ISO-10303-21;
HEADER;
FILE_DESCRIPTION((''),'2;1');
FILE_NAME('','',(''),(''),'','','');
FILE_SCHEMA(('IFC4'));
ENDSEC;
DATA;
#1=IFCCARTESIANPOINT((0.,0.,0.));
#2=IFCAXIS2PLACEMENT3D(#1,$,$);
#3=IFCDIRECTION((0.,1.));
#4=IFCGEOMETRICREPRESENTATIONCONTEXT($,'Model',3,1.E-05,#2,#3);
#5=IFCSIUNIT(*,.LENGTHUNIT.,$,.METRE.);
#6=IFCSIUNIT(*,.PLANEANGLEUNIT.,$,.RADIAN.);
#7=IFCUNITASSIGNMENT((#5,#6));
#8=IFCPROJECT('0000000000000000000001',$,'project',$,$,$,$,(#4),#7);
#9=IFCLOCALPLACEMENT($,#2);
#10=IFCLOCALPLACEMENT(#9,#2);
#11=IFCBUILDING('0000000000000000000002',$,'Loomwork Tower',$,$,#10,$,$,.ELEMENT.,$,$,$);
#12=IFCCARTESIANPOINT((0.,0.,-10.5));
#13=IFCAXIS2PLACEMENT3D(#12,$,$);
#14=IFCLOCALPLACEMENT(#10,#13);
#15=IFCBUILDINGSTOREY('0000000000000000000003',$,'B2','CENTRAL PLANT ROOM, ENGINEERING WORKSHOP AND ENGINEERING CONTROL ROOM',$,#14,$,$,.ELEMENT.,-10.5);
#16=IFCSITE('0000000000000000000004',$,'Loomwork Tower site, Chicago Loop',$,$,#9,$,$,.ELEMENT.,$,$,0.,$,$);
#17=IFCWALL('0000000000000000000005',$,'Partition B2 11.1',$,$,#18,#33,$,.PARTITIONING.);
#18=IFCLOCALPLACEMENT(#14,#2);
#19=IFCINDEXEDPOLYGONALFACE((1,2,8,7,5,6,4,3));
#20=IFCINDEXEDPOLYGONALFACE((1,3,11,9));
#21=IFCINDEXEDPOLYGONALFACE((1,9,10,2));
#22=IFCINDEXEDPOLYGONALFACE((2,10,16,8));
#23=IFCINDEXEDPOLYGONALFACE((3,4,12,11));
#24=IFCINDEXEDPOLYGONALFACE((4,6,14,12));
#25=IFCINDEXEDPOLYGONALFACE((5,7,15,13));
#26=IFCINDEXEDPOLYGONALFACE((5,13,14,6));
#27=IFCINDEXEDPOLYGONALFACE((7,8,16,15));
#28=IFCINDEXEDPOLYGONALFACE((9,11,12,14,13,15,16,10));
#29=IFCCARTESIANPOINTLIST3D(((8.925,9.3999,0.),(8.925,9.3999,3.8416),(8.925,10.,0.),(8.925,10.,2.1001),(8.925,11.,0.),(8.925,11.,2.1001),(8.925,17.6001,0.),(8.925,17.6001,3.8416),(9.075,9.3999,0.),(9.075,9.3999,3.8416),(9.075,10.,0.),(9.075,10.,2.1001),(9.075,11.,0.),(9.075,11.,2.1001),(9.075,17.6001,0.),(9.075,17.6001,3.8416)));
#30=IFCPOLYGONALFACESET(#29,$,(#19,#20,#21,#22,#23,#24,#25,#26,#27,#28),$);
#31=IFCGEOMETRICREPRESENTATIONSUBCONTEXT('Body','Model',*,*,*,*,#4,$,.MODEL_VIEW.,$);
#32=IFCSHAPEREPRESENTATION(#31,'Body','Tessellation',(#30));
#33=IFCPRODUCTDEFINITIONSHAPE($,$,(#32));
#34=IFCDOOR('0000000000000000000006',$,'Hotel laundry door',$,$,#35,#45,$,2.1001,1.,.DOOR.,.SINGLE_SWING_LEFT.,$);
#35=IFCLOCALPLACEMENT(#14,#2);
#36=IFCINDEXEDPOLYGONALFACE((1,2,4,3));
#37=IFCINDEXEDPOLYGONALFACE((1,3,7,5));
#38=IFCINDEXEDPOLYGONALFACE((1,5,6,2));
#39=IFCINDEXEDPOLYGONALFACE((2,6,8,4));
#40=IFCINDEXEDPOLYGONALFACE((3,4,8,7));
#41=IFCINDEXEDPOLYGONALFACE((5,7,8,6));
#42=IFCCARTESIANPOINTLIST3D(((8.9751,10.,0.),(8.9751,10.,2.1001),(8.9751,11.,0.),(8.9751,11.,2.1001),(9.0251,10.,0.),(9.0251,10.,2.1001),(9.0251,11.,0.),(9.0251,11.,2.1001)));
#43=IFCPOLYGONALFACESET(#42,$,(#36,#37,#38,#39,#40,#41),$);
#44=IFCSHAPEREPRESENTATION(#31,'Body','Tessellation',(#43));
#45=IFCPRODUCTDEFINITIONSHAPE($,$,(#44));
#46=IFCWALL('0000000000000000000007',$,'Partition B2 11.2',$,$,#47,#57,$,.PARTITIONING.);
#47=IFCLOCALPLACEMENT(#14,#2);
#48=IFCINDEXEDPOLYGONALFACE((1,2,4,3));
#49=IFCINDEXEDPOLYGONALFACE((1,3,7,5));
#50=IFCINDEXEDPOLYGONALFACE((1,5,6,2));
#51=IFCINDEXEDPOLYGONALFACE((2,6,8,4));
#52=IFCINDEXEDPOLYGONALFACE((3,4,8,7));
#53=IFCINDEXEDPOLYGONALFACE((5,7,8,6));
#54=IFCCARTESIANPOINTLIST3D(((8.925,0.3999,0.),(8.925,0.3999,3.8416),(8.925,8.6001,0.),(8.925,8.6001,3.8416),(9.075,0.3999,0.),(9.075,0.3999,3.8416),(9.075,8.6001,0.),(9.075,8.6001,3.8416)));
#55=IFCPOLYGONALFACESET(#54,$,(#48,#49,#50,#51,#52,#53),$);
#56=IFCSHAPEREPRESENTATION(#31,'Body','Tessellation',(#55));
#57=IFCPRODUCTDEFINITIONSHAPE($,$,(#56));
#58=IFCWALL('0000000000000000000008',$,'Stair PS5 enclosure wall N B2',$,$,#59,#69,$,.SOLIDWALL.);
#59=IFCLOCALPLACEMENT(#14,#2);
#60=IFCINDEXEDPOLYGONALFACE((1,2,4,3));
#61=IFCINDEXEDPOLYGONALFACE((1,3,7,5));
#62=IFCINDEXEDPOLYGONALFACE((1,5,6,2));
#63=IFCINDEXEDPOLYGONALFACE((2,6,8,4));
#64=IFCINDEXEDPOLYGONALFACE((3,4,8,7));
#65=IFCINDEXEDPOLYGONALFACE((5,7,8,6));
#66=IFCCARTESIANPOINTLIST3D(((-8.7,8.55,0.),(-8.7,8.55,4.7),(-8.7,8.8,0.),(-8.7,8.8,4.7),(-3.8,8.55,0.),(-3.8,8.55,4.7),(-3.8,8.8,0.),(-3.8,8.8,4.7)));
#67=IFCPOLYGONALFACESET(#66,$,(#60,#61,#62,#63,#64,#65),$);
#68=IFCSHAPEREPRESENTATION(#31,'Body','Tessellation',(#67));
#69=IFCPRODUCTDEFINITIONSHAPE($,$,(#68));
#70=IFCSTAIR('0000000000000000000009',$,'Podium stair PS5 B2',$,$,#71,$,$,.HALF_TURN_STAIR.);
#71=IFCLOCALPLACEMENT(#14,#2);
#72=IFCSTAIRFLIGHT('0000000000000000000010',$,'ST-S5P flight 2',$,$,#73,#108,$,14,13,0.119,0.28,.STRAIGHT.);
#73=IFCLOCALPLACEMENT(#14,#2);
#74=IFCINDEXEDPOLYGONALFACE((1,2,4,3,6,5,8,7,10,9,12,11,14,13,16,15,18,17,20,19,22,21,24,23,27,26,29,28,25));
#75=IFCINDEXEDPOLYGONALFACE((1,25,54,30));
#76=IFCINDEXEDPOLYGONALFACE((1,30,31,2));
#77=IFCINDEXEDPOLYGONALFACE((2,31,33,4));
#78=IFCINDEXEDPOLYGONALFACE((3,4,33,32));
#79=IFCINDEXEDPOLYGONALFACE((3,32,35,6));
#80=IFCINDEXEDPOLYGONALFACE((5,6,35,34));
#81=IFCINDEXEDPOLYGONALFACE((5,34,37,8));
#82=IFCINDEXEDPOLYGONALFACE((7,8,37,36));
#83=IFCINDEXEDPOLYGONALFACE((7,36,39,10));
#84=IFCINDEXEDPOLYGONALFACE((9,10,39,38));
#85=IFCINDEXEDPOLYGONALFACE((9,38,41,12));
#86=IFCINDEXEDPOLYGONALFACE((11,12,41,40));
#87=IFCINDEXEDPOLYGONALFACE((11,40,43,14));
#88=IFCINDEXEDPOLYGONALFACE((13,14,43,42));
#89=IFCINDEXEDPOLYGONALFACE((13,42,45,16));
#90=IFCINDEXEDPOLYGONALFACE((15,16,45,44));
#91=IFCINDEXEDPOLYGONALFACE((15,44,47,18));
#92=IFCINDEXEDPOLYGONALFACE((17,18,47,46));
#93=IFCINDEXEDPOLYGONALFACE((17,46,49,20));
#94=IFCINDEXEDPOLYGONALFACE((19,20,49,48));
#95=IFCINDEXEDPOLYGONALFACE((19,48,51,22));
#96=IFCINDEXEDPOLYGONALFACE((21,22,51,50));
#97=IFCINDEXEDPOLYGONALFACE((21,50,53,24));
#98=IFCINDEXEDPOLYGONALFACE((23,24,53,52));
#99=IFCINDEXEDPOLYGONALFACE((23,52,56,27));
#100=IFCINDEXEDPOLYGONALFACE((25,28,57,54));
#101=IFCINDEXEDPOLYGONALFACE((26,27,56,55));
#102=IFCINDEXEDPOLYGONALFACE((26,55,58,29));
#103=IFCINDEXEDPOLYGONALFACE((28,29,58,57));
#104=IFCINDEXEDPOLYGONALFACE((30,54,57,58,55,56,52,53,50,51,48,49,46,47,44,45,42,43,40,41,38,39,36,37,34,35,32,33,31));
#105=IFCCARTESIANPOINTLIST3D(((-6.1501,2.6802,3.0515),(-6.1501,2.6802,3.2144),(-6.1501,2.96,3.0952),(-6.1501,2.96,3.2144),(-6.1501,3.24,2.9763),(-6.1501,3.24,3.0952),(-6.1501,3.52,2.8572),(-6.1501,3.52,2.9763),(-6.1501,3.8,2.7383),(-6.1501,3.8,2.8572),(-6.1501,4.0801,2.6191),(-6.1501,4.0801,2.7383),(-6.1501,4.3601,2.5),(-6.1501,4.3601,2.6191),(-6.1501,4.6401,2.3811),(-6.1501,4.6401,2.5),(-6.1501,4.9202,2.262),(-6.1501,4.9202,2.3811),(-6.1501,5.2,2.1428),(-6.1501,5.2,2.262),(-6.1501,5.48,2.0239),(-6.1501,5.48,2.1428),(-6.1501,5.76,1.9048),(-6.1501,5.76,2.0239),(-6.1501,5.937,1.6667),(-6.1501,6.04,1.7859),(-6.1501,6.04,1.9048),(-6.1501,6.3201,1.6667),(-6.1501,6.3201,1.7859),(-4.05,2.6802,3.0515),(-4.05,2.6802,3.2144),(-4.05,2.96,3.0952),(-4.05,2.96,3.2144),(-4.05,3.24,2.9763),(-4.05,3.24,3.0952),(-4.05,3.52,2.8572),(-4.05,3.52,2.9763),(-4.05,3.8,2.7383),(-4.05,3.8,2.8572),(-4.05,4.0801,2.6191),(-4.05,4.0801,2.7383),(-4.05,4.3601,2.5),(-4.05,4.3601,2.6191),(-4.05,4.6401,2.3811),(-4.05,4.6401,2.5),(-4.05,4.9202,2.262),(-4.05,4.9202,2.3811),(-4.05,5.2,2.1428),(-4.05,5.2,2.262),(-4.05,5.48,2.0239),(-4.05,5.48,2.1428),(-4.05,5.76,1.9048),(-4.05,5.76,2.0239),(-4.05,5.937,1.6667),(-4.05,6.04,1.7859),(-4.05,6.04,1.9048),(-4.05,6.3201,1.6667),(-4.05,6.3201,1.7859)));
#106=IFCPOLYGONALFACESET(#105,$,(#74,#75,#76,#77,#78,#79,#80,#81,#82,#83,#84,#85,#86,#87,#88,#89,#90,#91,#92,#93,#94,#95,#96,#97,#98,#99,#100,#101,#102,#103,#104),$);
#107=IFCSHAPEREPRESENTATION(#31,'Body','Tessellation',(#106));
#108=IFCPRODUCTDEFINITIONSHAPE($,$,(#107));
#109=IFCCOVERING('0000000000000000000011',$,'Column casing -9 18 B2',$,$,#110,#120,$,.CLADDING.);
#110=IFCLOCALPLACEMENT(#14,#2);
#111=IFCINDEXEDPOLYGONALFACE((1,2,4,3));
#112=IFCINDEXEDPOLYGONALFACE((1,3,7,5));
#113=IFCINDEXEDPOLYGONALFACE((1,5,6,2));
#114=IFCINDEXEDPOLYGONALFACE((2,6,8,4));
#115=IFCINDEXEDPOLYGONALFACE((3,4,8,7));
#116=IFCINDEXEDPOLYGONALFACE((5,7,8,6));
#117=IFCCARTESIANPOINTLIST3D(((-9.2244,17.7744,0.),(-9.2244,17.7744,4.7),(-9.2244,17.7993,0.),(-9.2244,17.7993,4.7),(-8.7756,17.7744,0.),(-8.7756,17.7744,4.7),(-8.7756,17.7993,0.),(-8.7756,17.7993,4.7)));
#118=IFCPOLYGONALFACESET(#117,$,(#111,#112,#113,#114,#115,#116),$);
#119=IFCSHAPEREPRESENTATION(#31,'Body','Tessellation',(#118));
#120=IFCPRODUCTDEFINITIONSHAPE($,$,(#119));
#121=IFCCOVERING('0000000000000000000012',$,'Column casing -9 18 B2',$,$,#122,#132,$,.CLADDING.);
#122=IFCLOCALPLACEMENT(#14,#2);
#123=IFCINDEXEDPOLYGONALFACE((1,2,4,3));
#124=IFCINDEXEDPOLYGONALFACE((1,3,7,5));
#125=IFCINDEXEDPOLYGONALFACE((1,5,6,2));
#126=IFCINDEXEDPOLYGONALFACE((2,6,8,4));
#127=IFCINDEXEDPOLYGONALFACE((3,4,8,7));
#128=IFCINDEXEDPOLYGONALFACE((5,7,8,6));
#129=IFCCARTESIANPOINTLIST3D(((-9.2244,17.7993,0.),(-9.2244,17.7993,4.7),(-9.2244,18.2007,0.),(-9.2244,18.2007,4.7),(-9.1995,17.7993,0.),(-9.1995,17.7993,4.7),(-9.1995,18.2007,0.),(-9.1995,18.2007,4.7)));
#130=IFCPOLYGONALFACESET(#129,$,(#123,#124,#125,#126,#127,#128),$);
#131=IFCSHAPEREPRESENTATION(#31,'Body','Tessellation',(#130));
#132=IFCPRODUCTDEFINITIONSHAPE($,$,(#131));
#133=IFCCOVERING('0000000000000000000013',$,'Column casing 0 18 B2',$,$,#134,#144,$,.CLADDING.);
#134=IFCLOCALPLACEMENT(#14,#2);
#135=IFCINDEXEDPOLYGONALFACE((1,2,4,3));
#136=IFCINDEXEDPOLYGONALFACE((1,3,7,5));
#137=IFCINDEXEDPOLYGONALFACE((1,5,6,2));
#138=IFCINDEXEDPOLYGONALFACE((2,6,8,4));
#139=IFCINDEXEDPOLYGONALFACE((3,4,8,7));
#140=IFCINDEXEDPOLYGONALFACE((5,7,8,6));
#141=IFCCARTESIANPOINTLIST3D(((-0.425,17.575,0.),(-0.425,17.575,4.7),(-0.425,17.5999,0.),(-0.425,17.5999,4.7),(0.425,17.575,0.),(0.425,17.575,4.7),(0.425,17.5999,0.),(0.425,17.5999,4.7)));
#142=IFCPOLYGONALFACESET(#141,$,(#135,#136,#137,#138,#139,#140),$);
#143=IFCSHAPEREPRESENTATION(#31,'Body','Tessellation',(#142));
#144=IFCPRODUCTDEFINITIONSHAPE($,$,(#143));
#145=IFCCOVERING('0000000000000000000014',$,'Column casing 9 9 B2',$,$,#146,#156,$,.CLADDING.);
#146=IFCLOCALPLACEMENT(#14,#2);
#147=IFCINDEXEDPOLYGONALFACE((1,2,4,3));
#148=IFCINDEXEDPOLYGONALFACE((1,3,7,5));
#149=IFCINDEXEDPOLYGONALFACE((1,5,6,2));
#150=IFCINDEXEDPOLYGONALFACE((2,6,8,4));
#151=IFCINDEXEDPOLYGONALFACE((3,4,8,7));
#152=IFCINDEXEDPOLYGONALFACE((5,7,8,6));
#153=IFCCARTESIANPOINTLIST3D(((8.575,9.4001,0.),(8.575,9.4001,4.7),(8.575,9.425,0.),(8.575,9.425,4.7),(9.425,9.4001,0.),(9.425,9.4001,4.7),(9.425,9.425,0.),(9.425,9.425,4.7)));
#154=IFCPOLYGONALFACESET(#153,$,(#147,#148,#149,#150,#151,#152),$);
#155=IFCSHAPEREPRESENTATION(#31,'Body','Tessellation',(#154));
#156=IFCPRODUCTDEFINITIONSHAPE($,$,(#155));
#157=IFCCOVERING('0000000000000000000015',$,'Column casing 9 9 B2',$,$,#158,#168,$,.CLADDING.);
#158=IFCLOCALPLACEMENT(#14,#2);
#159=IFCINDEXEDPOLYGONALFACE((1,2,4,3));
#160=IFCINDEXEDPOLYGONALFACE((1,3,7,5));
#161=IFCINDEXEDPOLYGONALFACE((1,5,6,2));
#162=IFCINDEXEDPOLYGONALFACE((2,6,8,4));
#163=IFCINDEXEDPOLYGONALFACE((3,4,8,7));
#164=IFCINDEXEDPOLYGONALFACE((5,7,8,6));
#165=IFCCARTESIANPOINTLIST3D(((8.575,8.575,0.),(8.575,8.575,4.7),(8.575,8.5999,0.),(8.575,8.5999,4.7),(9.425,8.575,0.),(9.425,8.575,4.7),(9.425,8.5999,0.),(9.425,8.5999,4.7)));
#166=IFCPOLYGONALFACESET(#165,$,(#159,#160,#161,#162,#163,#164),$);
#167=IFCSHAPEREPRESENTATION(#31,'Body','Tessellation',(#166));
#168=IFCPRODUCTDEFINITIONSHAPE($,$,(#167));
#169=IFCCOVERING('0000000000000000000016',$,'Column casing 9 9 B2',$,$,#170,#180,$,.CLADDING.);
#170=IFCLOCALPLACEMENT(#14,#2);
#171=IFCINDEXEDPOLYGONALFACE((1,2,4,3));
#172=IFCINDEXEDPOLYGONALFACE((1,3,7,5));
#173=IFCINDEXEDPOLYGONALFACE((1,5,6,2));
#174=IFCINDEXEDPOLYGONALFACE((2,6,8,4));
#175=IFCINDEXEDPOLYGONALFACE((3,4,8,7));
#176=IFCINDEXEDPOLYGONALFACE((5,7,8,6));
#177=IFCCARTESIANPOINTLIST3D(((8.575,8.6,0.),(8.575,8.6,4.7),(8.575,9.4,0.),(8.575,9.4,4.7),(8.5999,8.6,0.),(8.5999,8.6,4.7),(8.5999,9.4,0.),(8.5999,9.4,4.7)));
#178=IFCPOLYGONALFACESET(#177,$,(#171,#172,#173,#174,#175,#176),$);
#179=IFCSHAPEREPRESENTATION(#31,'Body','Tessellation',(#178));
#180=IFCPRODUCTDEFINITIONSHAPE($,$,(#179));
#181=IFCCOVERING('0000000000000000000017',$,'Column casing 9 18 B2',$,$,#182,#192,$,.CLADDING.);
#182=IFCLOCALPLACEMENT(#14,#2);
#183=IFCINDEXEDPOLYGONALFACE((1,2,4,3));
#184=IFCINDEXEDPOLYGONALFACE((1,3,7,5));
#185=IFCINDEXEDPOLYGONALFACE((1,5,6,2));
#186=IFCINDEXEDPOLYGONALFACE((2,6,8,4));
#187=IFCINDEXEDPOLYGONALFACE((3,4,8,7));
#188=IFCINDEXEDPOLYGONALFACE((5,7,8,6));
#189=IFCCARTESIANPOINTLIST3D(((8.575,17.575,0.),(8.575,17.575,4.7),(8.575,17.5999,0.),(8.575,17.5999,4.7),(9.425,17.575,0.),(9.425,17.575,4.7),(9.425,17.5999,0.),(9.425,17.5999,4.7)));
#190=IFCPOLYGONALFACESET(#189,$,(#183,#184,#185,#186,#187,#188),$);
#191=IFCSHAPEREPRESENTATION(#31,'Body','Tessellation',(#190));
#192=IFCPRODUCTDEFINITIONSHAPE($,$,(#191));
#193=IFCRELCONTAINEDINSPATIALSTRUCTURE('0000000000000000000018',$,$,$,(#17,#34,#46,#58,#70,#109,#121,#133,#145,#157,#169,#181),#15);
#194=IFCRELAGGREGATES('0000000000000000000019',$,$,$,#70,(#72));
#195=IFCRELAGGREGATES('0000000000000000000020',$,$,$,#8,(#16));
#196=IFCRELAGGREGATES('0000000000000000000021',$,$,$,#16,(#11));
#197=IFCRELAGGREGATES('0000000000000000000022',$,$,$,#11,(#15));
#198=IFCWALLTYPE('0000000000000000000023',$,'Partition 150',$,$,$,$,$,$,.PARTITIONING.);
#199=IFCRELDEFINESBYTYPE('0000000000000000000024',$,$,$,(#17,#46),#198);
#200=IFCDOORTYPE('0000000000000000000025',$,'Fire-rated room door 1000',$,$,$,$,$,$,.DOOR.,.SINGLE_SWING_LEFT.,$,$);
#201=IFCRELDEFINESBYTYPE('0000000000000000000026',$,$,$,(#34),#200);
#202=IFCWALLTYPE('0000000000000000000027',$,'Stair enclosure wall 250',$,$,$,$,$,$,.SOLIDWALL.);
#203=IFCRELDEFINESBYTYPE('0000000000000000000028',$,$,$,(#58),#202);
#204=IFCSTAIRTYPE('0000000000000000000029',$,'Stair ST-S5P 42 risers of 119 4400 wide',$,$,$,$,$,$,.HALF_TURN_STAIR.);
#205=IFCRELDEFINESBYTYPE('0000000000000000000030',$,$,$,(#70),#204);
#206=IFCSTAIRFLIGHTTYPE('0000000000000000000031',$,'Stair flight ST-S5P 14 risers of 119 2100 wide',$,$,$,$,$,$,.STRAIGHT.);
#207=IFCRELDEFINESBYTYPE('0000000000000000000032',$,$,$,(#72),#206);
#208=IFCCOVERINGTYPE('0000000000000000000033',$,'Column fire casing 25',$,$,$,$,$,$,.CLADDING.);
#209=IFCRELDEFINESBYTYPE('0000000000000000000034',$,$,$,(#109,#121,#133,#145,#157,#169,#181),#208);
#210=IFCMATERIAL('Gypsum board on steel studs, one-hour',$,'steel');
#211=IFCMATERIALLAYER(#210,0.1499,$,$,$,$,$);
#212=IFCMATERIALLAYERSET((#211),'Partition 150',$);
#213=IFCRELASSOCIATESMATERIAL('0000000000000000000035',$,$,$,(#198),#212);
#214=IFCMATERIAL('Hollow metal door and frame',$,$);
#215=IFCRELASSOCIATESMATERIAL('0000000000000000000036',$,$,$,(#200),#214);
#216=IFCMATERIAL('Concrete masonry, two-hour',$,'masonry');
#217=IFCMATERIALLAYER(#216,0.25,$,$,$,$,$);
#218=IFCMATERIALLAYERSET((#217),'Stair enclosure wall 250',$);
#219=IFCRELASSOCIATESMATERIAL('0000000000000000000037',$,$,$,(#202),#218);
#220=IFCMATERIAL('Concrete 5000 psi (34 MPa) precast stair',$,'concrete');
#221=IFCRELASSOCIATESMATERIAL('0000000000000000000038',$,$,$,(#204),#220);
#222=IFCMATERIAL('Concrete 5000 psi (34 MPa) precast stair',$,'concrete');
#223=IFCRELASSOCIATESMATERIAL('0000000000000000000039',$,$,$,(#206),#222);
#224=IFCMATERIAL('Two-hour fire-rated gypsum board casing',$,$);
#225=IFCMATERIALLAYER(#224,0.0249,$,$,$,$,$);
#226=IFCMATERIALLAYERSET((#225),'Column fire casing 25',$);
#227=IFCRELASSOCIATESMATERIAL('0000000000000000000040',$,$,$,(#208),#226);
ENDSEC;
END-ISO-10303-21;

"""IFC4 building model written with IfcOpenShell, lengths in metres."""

from ifc_helpers import new_model, si_unit, direction, frame, frame_2d, origin, origin_2d, place, context, subcontext, project, spatial, polyline, rectangle, outline, extrude, material, layer, layer_set, type_object, element, fill, aggregate, save


model = new_model("IFC4")

# Units and contexts
model_context = context("Model", 3, precision=1e-05, world=origin(), true_north=direction((0.0, 1.0)))
body_context = subcontext(model_context, "Body", "Model", "MODEL_VIEW")
ifc_project = project(units=[si_unit("LENGTHUNIT", "METRE"), si_unit("PLANEANGLEUNIT", "RADIAN")], contexts=[model_context])

# Site, building, storey
site_placement = place(None, origin())
site = spatial("IfcSite", under=ifc_project, at=site_placement, Name="Loomwork Tower site, Chicago Loop", CompositionType="ELEMENT", RefElevation=0.0)
building_placement = place(site_placement, origin())
building = spatial("IfcBuilding", under=site, at=building_placement, Name="Loomwork Tower", CompositionType="ELEMENT")
storey_placement = place(building_placement, frame((0.0, 0.0, -10.5)))
storey = spatial("IfcBuildingStorey", under=building, at=storey_placement, Name="B2", Description="CENTRAL PLANT ROOM, ENGINEERING WORKSHOP AND ENGINEERING CONTROL ROOM", CompositionType="ELEMENT", Elevation=-10.5)

# Wall, opening, door
ifc_material_1 = material(Name="Gypsum board on steel studs, one-hour", Category="steel")
ifc_layer_1 = layer(ifc_material_1, 0.1499)
ifc_layer_set_1 = layer_set([ifc_layer_1], Name="Partition 150")
wall_type_1 = type_object("IfcWallType", Name="Partition 150", PredefinedType="PARTITIONING", material=ifc_layer_set_1)
wall_1_placement = place(storey_placement, frame((9.0, 17.6001, 0.0), z_axis=(0.0, 0.0, 1.0), x_axis=(0.0, -1.0, 0.0)))
wall_1 = element("IfcWall", 1, at=wall_1_placement, inside=storey, type_object=wall_type_1, Name="Partition B2 11.1", PredefinedType="PARTITIONING", context=body_context, shape_type="SweptSolid", body=[
    extrude(rectangle(XDim=8.2002, YDim=0.1499, at=frame_2d((4.1001, 0.0))), origin(), (0.0, 0.0, 1.0), 3.8416),
])
opening_placement = place(wall_1_placement, frame((6.6001, 0.0, 0.0)))
opening = element("IfcOpeningElement", 2, at=opening_placement, cuts=wall_1, PredefinedType="OPENING", context=body_context, shape_type="SweptSolid", body=[
    extrude(rectangle(XDim=1.0, YDim=2.1001, at=frame_2d((0.5, 1.05))), frame((0.0, 0.085, 0.0), z_axis=(0.0, -1.0, 0.0), x_axis=(1.0, 0.0, 0.0)), (0.0, 0.0, 1.0), 0.1699),
])
ifc_material_2 = material(Name="Hollow metal door and frame")
door_type = type_object("IfcDoorType", Name="Fire-rated room door 1000", OperationType="SINGLE_SWING_LEFT", PredefinedType="DOOR", material=ifc_material_2)
door_placement = place(opening_placement, frame((1.0, 0.0, 0.0), z_axis=(0.0, 0.0, 1.0), x_axis=(-1.0, 0.0, 0.0)))
door = element("IfcDoor", 3, at=door_placement, inside=storey, type_object=door_type, Name="Hotel laundry door", OperationType="SINGLE_SWING_LEFT", OverallHeight=2.1001, OverallWidth=1.0, PredefinedType="DOOR", context=body_context, shape_type="SweptSolid", body=[
    extrude(rectangle(XDim=1.0, YDim=2.1001, at=frame_2d((0.5, 1.05))), frame((0.0, 0.0249, 0.0), z_axis=(0.0, -1.0, 0.0), x_axis=(1.0, 0.0, 0.0)), (0.0, 0.0, 1.0), 0.05),
])
fill(opening, door)

# Walls
wall_2_placement = place(storey_placement, frame((9.0, 8.6001, 0.0), z_axis=(0.0, 0.0, 1.0), x_axis=(0.0, -1.0, 0.0)))
element("IfcWall", 4, at=wall_2_placement, inside=storey, type_object=wall_type_1, Name="Partition B2 11.2", PredefinedType="PARTITIONING", context=body_context, shape_type="SweptSolid", body=[
    extrude(rectangle(XDim=8.2002, YDim=0.1499, at=frame_2d((4.1001, 0.0))), origin(), (0.0, 0.0, 1.0), 3.8416),
])
ifc_material_3 = material(Name="Concrete masonry, two-hour", Category="masonry")
ifc_layer_2 = layer(ifc_material_3, 0.25)
ifc_layer_set_2 = layer_set([ifc_layer_2], Name="Stair enclosure wall 250")
wall_type_2 = type_object("IfcWallType", Name="Stair enclosure wall 250", PredefinedType="SOLIDWALL", material=ifc_layer_set_2)
wall_3_placement = place(storey_placement, frame((-8.7, 8.675, 0.0), z_axis=(0.0, 0.0, 1.0), x_axis=(1.0, 0.0, 0.0)))
element("IfcWall", 5, at=wall_3_placement, inside=storey, type_object=wall_type_2, Name="Stair PS5 enclosure wall N B2", PredefinedType="SOLIDWALL", context=body_context, shape_type="SweptSolid", body=[
    extrude(rectangle(XDim=4.8999, YDim=0.25, at=frame_2d((2.45, 0.0))), origin(), (0.0, 0.0, 1.0), 4.7),
])

# Stair, stair flight
ifc_material_4 = material(Name="Concrete 5000 psi (34 MPa) precast stair", Category="concrete")
stair_type = type_object("IfcStairType", Name="Stair ST-S5P 42 risers of 119 4400 wide", PredefinedType="HALF_TURN_STAIR", material=ifc_material_4)
stair_placement = place(storey_placement, origin())
stair = element("IfcStair", 6, at=stair_placement, inside=storey, type_object=stair_type, Name="Podium stair PS5 B2", PredefinedType="HALF_TURN_STAIR")
ifc_material_5 = material(Name="Concrete 5000 psi (34 MPa) precast stair", Category="concrete")
stair_flight_type = type_object("IfcStairFlightType", Name="Stair flight ST-S5P 14 risers of 119 2100 wide", PredefinedType="STRAIGHT", material=ifc_material_5)
stair_flight_placement = place(storey_placement, frame((-5.1001, 6.3201, 1.6667), z_axis=(0.0, 0.0, 1.0), x_axis=(0.0, -1.0, 0.0)))
stair_flight = element("IfcStairFlight", 7, at=stair_flight_placement, type_object=stair_flight_type, Name="ST-S5P flight 2", NumberOfRisers=14, NumberOfTreads=13, PredefinedType="STRAIGHT", RiserHeight=0.119, TreadLength=0.28, context=body_context, shape_type="SweptSolid", body=[
    extrude(outline(polyline([(0.0, 0.0), (0.0, 0.1191), (0.28, 0.1191), (0.28, 0.238), (0.5601, 0.238), (0.5601, 0.3572), (0.8401, 0.3572), (0.8401, 0.4761), (1.1201, 0.4761), (1.1201, 0.5952), (1.3999, 0.5952), (1.3999, 0.7144), (1.6799, 0.7144), (1.6799, 0.8333), (1.96, 0.8333), (1.96, 0.9524), (2.24, 0.9524), (2.24, 1.0715), (2.52, 1.0715), (2.52, 1.1904), (2.8, 1.1904), (2.8, 1.3096), (3.0801, 1.3096), (3.0801, 1.4285), (3.3601, 1.4285), (3.3601, 1.5476), (3.6399, 1.5476), (3.6399, 1.6667), (3.6399, 1.3848), (0.3831, 0.0), (0.0, 0.0)])), frame((0.0, 1.05, 0.0), z_axis=(0.0, -1.0, 0.0), x_axis=(1.0, 0.0, 0.0)), (0.0, 0.0, 1.0), 2.1001),
])
aggregate(stair, [stair_flight])

# Coverings
ifc_material_6 = material(Name="Two-hour fire-rated gypsum board casing")
ifc_layer_3 = layer(ifc_material_6, 0.0249)
ifc_layer_set_3 = layer_set([ifc_layer_3], Name="Column fire casing 25")
covering_type = type_object("IfcCoveringType", Name="Column fire casing 25", PredefinedType="CLADDING", material=ifc_layer_set_3)
covering_1_placement = place(storey_placement, frame((-9.0, 17.7869, 0.0), z_axis=(0.0, 0.0, 1.0), x_axis=(1.0, 0.0, 0.0)))
element("IfcCovering", 8, at=covering_1_placement, inside=storey, type_object=covering_type, Name="Column casing -9 18 B2", PredefinedType="CLADDING", context=body_context, shape_type="SweptSolid", body=[
    extrude(rectangle(XDim=0.4487, YDim=0.0249, at=origin_2d()), origin(), (0.0, 0.0, 1.0), 4.7),
])
covering_2_placement = place(storey_placement, frame((-9.2119, 18.0, 0.0), z_axis=(0.0, 0.0, 1.0), x_axis=(1.0, 0.0, 0.0)))
element("IfcCovering", 9, at=covering_2_placement, inside=storey, type_object=covering_type, Name="Column casing -9 18 B2", PredefinedType="CLADDING", context=body_context, shape_type="SweptSolid", body=[
    extrude(rectangle(XDim=0.0249, YDim=0.4014, at=origin_2d()), origin(), (0.0, 0.0, 1.0), 4.7),
])
for number, where, z_axis, x_axis, name in (
    (10, (0.0, 17.5874, 0.0), (0.0, 0.0, 1.0), (1.0, 0.0, 0.0), "Column casing 0 18 B2"),
    (11, (9.0, 9.4126, 0.0), (0.0, 0.0, 1.0), (1.0, 0.0, 0.0), "Column casing 9 9 B2"),
    (12, (9.0, 8.5874, 0.0), (0.0, 0.0, 1.0), (1.0, 0.0, 0.0), "Column casing 9 9 B2"),
):
    element("IfcCovering", number, at=place(storey_placement, frame(where, z_axis=z_axis, x_axis=x_axis)), inside=storey, type_object=covering_type, Name=name, PredefinedType="CLADDING", context=body_context, shape_type="SweptSolid", body=[
        extrude(rectangle(XDim=0.8501, YDim=0.0249, at=origin_2d()), origin(), (0.0, 0.0, 1.0), 4.7),
    ])
covering_3_placement = place(storey_placement, frame((8.5874, 9.0, 0.0), z_axis=(0.0, 0.0, 1.0), x_axis=(1.0, 0.0, 0.0)))
element("IfcCovering", 13, at=covering_3_placement, inside=storey, type_object=covering_type, Name="Column casing 9 9 B2", PredefinedType="CLADDING", context=body_context, shape_type="SweptSolid", body=[
    extrude(rectangle(XDim=0.0249, YDim=0.8, at=origin_2d()), origin(), (0.0, 0.0, 1.0), 4.7),
])
covering_4_placement = place(storey_placement, frame((9.0, 17.5874, 0.0), z_axis=(0.0, 0.0, 1.0), x_axis=(1.0, 0.0, 0.0)))
element("IfcCovering", 14, at=covering_4_placement, inside=storey, type_object=covering_type, Name="Column casing 9 18 B2", PredefinedType="CLADDING", context=body_context, shape_type="SweptSolid", body=[
    extrude(rectangle(XDim=0.8501, YDim=0.0249, at=origin_2d()), origin(), (0.0, 0.0, 1.0), 4.7),
])

save(model, "model.ifc")
